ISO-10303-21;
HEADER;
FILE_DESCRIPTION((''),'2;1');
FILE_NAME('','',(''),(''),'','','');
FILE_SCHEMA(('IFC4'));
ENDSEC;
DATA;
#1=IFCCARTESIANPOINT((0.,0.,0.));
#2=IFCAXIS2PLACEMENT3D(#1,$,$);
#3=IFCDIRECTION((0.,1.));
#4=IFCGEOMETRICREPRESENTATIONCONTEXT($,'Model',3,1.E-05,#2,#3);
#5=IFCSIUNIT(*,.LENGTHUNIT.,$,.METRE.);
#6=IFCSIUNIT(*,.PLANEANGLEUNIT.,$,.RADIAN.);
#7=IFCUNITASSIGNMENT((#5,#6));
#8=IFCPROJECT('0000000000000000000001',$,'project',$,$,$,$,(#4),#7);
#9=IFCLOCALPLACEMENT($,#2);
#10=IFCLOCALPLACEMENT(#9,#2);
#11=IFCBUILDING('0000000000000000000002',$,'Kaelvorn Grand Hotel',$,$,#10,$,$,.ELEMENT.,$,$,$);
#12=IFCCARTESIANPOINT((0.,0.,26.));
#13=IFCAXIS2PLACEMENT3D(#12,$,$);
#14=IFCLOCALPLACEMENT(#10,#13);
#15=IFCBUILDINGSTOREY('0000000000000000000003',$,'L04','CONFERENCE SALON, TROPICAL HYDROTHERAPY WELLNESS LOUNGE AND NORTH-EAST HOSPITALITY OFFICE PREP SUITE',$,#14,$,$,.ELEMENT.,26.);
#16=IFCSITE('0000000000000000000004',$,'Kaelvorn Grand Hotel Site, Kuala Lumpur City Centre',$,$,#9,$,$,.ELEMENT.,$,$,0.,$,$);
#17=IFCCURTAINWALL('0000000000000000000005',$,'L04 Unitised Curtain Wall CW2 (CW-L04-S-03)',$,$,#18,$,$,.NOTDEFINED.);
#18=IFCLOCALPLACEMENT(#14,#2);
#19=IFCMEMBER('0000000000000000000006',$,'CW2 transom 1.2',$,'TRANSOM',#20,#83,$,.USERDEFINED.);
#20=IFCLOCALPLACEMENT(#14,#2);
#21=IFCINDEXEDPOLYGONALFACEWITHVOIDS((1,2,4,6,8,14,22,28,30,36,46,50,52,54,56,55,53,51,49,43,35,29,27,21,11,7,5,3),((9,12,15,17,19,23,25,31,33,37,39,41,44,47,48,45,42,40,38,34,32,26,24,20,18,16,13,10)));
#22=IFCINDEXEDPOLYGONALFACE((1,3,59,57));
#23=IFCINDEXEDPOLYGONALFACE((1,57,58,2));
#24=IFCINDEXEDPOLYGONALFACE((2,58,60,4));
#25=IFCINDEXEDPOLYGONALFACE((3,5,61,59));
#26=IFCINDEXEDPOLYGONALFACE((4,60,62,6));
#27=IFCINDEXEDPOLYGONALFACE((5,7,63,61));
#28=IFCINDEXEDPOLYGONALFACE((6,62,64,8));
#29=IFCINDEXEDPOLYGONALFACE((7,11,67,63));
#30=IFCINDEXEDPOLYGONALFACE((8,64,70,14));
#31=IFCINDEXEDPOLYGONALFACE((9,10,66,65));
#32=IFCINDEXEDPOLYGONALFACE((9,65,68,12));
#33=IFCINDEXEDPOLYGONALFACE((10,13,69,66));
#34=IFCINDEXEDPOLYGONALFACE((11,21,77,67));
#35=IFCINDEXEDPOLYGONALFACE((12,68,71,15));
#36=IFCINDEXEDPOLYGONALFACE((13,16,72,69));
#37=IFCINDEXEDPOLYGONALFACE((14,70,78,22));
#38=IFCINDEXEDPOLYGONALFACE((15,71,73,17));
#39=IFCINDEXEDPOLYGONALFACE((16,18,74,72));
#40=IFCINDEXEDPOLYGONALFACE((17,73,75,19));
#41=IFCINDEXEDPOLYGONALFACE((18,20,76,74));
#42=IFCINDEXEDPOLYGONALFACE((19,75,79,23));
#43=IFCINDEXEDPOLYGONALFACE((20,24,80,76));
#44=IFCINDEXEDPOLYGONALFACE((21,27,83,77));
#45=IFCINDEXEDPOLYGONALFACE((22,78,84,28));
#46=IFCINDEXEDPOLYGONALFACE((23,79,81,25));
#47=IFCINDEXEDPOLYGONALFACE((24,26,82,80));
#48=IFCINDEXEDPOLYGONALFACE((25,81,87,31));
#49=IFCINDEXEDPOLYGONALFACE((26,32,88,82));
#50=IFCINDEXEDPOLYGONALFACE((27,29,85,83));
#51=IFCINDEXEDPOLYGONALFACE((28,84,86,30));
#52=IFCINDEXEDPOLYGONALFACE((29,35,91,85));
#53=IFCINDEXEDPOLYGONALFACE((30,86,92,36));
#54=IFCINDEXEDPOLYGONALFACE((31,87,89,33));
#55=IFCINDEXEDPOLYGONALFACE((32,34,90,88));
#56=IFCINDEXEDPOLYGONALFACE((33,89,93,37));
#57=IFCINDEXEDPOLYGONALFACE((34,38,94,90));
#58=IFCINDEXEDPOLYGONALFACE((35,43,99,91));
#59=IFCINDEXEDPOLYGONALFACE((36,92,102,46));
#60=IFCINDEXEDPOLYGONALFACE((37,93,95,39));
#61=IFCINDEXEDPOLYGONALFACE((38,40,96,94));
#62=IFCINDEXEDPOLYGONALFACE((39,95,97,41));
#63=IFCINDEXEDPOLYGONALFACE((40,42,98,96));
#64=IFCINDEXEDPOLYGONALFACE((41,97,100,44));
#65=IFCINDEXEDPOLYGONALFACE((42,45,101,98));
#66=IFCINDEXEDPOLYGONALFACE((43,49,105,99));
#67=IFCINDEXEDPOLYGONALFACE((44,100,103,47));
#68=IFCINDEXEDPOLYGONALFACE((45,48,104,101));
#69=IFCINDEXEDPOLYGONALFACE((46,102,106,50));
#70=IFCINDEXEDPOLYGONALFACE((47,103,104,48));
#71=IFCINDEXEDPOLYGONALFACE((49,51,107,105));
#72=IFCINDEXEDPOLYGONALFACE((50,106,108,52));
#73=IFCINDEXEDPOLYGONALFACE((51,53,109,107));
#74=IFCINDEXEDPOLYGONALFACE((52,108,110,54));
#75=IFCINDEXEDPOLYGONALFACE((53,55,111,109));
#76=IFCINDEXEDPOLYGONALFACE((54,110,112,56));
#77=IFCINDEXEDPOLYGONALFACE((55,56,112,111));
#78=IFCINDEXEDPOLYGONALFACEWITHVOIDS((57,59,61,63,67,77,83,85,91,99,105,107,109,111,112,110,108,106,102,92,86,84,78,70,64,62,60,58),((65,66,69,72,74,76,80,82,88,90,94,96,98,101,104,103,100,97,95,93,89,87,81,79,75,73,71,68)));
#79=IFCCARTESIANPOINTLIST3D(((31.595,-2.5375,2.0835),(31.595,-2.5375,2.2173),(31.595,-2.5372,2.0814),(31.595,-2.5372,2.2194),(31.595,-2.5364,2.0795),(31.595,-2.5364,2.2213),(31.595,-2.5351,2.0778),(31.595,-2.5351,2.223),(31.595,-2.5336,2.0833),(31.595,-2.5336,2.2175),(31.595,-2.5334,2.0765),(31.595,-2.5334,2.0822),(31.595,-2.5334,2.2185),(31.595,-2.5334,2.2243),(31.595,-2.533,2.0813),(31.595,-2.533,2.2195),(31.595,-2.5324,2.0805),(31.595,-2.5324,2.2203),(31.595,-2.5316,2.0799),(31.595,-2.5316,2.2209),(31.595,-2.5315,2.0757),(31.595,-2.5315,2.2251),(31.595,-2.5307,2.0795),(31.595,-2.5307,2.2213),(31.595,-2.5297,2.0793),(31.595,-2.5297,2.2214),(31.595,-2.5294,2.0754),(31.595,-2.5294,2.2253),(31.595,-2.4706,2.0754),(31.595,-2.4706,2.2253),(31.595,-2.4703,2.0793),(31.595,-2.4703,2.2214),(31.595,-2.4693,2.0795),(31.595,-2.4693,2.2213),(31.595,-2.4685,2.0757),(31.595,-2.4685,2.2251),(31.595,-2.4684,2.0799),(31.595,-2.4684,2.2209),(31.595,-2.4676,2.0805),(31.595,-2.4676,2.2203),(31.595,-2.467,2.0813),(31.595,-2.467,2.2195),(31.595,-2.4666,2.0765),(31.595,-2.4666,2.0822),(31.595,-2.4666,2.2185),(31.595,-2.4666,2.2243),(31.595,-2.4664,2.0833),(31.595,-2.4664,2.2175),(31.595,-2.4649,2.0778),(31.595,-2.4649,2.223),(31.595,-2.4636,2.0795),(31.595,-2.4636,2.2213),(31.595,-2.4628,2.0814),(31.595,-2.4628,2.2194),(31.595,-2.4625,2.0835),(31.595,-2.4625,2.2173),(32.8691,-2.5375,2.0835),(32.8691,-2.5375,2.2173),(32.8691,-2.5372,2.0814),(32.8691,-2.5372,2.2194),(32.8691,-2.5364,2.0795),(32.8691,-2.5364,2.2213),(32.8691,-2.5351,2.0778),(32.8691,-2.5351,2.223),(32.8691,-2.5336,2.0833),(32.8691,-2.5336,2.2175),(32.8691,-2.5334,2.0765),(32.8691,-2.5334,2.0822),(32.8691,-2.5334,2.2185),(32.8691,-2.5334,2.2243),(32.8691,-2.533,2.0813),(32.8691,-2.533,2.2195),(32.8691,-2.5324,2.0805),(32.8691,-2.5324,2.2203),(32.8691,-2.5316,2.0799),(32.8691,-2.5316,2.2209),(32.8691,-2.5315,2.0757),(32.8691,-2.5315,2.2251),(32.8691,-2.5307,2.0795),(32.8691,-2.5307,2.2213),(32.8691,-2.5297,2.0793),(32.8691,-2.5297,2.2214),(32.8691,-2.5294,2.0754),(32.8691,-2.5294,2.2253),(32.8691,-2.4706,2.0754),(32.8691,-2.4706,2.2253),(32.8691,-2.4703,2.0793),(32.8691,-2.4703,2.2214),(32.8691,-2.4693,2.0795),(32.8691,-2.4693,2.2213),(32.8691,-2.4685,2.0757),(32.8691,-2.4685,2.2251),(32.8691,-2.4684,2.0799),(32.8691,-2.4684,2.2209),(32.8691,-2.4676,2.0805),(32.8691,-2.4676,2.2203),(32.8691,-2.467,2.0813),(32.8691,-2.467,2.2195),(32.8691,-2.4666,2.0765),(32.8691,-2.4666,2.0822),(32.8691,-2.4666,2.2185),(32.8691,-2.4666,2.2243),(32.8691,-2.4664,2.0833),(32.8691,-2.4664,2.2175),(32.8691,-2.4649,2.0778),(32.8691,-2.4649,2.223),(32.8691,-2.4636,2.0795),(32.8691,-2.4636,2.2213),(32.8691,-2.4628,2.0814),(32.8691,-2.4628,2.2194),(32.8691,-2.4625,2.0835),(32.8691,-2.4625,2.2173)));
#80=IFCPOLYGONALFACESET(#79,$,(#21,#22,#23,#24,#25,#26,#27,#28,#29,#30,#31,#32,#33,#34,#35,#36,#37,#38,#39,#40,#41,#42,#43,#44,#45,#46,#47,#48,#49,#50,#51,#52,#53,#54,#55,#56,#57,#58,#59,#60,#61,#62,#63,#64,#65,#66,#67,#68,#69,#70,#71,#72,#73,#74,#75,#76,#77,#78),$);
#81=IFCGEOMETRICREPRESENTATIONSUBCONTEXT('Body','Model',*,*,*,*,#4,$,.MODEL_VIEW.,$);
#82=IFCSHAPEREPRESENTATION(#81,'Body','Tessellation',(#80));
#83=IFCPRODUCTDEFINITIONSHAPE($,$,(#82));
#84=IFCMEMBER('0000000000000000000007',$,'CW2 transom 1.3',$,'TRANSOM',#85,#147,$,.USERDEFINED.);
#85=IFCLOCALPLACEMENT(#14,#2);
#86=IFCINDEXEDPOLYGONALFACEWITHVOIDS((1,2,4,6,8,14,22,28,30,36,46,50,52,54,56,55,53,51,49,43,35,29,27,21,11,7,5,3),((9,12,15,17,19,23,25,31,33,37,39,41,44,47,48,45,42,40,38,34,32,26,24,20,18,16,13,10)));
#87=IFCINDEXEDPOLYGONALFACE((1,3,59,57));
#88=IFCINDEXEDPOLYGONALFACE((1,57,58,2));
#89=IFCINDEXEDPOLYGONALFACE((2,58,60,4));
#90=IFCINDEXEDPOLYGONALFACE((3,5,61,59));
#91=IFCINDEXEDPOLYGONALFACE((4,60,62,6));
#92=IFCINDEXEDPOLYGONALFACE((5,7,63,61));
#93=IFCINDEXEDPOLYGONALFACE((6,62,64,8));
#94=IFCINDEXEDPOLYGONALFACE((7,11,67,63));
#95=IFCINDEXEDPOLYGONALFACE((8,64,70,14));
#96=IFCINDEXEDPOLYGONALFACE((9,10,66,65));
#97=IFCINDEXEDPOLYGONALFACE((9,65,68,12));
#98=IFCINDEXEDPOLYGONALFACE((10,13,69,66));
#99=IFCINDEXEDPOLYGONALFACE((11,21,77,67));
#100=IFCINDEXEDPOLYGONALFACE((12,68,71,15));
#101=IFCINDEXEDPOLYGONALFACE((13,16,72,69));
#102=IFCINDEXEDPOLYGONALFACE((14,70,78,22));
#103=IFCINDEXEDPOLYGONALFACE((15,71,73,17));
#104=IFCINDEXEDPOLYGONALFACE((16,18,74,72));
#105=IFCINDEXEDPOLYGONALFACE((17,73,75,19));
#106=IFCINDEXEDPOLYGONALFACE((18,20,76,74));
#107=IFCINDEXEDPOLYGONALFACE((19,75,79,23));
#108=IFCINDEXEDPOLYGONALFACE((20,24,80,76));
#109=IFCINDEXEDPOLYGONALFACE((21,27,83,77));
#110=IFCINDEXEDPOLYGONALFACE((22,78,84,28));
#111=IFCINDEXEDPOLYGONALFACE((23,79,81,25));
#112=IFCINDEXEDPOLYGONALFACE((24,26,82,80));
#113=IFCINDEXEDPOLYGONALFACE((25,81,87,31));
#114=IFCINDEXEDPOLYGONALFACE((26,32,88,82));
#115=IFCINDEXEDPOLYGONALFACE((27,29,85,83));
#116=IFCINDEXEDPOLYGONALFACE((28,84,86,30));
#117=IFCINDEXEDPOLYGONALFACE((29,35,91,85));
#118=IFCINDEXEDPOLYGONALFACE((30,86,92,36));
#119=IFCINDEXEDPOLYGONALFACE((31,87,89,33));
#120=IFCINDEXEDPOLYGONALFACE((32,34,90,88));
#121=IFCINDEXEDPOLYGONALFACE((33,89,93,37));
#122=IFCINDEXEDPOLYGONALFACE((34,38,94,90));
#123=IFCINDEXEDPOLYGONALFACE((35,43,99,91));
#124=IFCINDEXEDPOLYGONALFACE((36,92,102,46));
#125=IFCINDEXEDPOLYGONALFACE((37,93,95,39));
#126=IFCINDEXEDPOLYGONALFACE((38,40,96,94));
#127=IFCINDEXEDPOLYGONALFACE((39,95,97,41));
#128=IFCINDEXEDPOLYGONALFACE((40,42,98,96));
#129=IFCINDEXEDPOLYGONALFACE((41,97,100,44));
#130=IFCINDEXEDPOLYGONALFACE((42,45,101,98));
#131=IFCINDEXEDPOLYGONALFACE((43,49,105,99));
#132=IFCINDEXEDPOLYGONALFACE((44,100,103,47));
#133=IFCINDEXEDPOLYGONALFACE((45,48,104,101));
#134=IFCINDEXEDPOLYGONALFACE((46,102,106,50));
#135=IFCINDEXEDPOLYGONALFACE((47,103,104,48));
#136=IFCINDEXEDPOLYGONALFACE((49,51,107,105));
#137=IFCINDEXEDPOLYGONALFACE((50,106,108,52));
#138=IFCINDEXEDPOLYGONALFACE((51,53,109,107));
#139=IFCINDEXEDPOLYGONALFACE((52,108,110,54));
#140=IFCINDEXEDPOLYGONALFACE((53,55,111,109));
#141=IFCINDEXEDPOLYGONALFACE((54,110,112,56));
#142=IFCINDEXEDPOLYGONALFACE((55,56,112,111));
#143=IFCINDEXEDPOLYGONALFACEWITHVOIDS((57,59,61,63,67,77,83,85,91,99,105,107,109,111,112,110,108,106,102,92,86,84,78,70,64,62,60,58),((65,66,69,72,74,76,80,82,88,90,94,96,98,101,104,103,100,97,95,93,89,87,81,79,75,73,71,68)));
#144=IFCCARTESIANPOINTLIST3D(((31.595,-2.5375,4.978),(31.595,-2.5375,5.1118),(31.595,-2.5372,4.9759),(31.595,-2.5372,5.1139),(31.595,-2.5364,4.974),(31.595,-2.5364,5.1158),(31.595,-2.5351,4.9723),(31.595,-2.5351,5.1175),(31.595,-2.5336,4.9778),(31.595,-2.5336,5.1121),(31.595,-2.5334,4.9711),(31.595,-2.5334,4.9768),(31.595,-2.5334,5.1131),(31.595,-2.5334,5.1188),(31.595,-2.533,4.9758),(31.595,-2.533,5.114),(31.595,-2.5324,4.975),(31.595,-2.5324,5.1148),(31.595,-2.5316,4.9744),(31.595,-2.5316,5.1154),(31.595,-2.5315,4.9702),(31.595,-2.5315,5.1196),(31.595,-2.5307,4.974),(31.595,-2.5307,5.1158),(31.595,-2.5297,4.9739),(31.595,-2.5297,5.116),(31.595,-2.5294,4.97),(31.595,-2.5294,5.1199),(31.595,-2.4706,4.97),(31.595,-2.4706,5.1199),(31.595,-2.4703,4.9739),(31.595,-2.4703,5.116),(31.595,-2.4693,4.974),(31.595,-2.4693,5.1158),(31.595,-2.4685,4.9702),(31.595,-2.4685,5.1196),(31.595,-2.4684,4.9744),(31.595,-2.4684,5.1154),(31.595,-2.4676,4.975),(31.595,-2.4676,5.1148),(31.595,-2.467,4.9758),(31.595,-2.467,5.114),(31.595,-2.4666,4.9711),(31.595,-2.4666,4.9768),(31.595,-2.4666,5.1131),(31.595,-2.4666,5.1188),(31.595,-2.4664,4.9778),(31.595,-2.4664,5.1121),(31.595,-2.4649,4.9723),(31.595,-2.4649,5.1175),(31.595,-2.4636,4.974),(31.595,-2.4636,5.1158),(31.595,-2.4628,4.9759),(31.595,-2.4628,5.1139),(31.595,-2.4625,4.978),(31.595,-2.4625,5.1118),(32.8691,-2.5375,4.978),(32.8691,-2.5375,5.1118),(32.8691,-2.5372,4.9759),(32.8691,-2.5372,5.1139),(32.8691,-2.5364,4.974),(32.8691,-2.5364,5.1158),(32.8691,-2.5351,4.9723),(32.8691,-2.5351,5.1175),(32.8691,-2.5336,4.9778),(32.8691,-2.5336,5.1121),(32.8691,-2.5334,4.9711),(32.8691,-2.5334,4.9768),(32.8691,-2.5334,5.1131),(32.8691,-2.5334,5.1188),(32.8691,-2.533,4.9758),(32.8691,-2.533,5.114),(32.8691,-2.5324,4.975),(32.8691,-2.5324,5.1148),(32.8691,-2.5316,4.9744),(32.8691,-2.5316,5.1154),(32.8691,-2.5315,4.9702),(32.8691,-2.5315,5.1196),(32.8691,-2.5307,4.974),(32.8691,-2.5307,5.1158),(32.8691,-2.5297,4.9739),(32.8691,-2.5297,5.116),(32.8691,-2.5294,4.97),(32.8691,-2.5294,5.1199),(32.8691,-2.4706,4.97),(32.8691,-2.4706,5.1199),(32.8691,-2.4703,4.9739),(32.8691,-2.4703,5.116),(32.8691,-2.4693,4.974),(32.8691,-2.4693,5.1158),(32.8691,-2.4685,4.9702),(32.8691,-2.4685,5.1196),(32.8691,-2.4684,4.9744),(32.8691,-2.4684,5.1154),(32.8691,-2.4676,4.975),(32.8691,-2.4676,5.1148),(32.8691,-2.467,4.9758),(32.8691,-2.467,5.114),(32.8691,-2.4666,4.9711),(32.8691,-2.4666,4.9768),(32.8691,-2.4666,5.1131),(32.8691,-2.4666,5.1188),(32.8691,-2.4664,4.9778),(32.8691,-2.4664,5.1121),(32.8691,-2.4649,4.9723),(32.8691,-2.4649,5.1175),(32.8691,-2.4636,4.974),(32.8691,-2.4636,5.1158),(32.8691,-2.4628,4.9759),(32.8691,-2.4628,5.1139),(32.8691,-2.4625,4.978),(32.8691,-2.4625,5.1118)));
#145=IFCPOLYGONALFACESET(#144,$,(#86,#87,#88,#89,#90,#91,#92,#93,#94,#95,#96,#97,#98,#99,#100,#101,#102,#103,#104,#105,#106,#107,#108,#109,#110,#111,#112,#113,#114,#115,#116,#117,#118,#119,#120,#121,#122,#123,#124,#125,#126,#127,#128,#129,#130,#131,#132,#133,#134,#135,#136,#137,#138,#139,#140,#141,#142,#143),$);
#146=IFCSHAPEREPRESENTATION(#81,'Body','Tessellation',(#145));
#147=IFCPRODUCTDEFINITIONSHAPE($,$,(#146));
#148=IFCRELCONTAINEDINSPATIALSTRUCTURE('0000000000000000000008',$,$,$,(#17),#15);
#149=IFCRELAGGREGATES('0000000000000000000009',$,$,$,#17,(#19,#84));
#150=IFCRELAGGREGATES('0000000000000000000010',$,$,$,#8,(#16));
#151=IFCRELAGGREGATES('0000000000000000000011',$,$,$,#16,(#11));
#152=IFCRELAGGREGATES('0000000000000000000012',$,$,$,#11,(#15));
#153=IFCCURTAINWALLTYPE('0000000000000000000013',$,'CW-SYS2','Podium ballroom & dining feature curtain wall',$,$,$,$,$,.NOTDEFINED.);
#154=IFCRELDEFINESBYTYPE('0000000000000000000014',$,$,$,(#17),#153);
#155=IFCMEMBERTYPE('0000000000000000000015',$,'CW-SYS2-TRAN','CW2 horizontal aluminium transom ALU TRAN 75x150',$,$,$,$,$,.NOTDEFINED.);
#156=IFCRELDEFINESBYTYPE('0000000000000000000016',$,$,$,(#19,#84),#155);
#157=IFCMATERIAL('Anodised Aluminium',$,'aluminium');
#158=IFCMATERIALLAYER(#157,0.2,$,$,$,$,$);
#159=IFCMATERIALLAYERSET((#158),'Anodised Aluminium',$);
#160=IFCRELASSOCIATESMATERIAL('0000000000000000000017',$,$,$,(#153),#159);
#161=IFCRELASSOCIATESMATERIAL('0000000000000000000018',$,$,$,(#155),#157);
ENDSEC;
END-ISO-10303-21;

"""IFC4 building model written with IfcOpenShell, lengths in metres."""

from ifc_helpers import new_model, si_unit, direction, frame, origin, origin_2d, place, context, subcontext, project, spatial, hollow_rectangle, extrude, material, layer, layer_set, material_profile, profile_set, type_object, element, aggregate, save


model = new_model("IFC4")

# Units and contexts
model_context = context("Model", 3, precision=1e-05, world=origin(), true_north=direction((0.0, 1.0)))
body_context = subcontext(model_context, "Body", "Model", "MODEL_VIEW")
ifc_project = project(units=[si_unit("LENGTHUNIT", "METRE"), si_unit("PLANEANGLEUNIT", "RADIAN")], contexts=[model_context])

# Site, building, storey
site_placement = place(None, origin())
site = spatial("IfcSite", under=ifc_project, at=site_placement, Name="Kaelvorn Grand Hotel Site, Kuala Lumpur City Centre", CompositionType="ELEMENT", RefElevation=0.0)
building_placement = place(site_placement, origin())
building = spatial("IfcBuilding", under=site, at=building_placement, Name="Kaelvorn Grand Hotel", CompositionType="ELEMENT")
storey_placement = place(building_placement, frame((0.0, 0.0, 26.0)))
storey = spatial("IfcBuildingStorey", under=building, at=storey_placement, Name="L04", Description="CONFERENCE SALON, TROPICAL HYDROTHERAPY WELLNESS LOUNGE AND NORTH-EAST HOSPITALITY OFFICE PREP SUITE", CompositionType="ELEMENT", Elevation=26.0)

# Curtain wall
ifc_material_1 = material(Name="Anodised Aluminium", Category="aluminium")
ifc_layer_1 = layer(ifc_material_1, 0.2)
ifc_layer_set_1 = layer_set([ifc_layer_1], Name="Anodised Aluminium")
curtain_wall_type = type_object("IfcCurtainWallType", Name="CW-SYS2", Description="Podium ballroom & dining feature curtain wall", PredefinedType="NOTDEFINED", material=ifc_layer_set_1)
curtain_wall_1_placement = place(storey_placement, origin())
curtain_wall_1 = element("IfcCurtainWall", 1, at=curtain_wall_1_placement, inside=storey, type_object=curtain_wall_type, Name="L04 Unitised Curtain Wall CW2 (CW-L04-S-03)", PredefinedType="NOTDEFINED")

# Members
ifc_material_profile_1 = material_profile(ifc_material_1, hollow_rectangle(XDim=0.075, YDim=0.1499, WallThickness=0.0039, InnerFilletRadius=0.0039, OuterFilletRadius=0.0081, at=origin_2d()), Name="ALU TRAN 75x150")
ifc_profile_set_1 = profile_set([ifc_material_profile_1], Name="Anodised Aluminium")
member_type_1 = type_object("IfcMemberType", Name="CW-SYS2-TRAN", Description="CW2 horizontal aluminium transom ALU TRAN 75x150", PredefinedType="NOTDEFINED", material=ifc_profile_set_1)
member_1_placement = place(storey_placement, frame((31.595, -2.5, 2.1504), z_axis=(1.0, 0.0, 0.0), x_axis=(0.0, 1.0, 0.0)))
member_1 = element("IfcMember", 2, at=member_1_placement, type_object=member_type_1, Name="CW2 transom 1.2", ObjectType="TRANSOM", PredefinedType="USERDEFINED", context=body_context, shape_type="SweptSolid", body=[
    extrude(hollow_rectangle(XDim=0.075, YDim=0.1499, WallThickness=0.0039, InnerFilletRadius=0.0039, OuterFilletRadius=0.0081, at=origin_2d()), origin(), (0.0, 0.0, 1.0), 1.2742),
])
member_2_placement = place(storey_placement, frame((31.595, -2.5, 5.0449), z_axis=(1.0, 0.0, 0.0), x_axis=(0.0, 1.0, 0.0)))
member_2 = element("IfcMember", 3, at=member_2_placement, type_object=member_type_1, Name="CW2 transom 1.3", ObjectType="TRANSOM", PredefinedType="USERDEFINED", context=body_context, shape_type="SweptSolid", body=[
    extrude(hollow_rectangle(XDim=0.075, YDim=0.1499, WallThickness=0.0039, InnerFilletRadius=0.0039, OuterFilletRadius=0.0081, at=origin_2d()), origin(), (0.0, 0.0, 1.0), 1.2742),
])

aggregate(curtain_wall_1, [member_1, member_2])

save(model, "model.ifc")
